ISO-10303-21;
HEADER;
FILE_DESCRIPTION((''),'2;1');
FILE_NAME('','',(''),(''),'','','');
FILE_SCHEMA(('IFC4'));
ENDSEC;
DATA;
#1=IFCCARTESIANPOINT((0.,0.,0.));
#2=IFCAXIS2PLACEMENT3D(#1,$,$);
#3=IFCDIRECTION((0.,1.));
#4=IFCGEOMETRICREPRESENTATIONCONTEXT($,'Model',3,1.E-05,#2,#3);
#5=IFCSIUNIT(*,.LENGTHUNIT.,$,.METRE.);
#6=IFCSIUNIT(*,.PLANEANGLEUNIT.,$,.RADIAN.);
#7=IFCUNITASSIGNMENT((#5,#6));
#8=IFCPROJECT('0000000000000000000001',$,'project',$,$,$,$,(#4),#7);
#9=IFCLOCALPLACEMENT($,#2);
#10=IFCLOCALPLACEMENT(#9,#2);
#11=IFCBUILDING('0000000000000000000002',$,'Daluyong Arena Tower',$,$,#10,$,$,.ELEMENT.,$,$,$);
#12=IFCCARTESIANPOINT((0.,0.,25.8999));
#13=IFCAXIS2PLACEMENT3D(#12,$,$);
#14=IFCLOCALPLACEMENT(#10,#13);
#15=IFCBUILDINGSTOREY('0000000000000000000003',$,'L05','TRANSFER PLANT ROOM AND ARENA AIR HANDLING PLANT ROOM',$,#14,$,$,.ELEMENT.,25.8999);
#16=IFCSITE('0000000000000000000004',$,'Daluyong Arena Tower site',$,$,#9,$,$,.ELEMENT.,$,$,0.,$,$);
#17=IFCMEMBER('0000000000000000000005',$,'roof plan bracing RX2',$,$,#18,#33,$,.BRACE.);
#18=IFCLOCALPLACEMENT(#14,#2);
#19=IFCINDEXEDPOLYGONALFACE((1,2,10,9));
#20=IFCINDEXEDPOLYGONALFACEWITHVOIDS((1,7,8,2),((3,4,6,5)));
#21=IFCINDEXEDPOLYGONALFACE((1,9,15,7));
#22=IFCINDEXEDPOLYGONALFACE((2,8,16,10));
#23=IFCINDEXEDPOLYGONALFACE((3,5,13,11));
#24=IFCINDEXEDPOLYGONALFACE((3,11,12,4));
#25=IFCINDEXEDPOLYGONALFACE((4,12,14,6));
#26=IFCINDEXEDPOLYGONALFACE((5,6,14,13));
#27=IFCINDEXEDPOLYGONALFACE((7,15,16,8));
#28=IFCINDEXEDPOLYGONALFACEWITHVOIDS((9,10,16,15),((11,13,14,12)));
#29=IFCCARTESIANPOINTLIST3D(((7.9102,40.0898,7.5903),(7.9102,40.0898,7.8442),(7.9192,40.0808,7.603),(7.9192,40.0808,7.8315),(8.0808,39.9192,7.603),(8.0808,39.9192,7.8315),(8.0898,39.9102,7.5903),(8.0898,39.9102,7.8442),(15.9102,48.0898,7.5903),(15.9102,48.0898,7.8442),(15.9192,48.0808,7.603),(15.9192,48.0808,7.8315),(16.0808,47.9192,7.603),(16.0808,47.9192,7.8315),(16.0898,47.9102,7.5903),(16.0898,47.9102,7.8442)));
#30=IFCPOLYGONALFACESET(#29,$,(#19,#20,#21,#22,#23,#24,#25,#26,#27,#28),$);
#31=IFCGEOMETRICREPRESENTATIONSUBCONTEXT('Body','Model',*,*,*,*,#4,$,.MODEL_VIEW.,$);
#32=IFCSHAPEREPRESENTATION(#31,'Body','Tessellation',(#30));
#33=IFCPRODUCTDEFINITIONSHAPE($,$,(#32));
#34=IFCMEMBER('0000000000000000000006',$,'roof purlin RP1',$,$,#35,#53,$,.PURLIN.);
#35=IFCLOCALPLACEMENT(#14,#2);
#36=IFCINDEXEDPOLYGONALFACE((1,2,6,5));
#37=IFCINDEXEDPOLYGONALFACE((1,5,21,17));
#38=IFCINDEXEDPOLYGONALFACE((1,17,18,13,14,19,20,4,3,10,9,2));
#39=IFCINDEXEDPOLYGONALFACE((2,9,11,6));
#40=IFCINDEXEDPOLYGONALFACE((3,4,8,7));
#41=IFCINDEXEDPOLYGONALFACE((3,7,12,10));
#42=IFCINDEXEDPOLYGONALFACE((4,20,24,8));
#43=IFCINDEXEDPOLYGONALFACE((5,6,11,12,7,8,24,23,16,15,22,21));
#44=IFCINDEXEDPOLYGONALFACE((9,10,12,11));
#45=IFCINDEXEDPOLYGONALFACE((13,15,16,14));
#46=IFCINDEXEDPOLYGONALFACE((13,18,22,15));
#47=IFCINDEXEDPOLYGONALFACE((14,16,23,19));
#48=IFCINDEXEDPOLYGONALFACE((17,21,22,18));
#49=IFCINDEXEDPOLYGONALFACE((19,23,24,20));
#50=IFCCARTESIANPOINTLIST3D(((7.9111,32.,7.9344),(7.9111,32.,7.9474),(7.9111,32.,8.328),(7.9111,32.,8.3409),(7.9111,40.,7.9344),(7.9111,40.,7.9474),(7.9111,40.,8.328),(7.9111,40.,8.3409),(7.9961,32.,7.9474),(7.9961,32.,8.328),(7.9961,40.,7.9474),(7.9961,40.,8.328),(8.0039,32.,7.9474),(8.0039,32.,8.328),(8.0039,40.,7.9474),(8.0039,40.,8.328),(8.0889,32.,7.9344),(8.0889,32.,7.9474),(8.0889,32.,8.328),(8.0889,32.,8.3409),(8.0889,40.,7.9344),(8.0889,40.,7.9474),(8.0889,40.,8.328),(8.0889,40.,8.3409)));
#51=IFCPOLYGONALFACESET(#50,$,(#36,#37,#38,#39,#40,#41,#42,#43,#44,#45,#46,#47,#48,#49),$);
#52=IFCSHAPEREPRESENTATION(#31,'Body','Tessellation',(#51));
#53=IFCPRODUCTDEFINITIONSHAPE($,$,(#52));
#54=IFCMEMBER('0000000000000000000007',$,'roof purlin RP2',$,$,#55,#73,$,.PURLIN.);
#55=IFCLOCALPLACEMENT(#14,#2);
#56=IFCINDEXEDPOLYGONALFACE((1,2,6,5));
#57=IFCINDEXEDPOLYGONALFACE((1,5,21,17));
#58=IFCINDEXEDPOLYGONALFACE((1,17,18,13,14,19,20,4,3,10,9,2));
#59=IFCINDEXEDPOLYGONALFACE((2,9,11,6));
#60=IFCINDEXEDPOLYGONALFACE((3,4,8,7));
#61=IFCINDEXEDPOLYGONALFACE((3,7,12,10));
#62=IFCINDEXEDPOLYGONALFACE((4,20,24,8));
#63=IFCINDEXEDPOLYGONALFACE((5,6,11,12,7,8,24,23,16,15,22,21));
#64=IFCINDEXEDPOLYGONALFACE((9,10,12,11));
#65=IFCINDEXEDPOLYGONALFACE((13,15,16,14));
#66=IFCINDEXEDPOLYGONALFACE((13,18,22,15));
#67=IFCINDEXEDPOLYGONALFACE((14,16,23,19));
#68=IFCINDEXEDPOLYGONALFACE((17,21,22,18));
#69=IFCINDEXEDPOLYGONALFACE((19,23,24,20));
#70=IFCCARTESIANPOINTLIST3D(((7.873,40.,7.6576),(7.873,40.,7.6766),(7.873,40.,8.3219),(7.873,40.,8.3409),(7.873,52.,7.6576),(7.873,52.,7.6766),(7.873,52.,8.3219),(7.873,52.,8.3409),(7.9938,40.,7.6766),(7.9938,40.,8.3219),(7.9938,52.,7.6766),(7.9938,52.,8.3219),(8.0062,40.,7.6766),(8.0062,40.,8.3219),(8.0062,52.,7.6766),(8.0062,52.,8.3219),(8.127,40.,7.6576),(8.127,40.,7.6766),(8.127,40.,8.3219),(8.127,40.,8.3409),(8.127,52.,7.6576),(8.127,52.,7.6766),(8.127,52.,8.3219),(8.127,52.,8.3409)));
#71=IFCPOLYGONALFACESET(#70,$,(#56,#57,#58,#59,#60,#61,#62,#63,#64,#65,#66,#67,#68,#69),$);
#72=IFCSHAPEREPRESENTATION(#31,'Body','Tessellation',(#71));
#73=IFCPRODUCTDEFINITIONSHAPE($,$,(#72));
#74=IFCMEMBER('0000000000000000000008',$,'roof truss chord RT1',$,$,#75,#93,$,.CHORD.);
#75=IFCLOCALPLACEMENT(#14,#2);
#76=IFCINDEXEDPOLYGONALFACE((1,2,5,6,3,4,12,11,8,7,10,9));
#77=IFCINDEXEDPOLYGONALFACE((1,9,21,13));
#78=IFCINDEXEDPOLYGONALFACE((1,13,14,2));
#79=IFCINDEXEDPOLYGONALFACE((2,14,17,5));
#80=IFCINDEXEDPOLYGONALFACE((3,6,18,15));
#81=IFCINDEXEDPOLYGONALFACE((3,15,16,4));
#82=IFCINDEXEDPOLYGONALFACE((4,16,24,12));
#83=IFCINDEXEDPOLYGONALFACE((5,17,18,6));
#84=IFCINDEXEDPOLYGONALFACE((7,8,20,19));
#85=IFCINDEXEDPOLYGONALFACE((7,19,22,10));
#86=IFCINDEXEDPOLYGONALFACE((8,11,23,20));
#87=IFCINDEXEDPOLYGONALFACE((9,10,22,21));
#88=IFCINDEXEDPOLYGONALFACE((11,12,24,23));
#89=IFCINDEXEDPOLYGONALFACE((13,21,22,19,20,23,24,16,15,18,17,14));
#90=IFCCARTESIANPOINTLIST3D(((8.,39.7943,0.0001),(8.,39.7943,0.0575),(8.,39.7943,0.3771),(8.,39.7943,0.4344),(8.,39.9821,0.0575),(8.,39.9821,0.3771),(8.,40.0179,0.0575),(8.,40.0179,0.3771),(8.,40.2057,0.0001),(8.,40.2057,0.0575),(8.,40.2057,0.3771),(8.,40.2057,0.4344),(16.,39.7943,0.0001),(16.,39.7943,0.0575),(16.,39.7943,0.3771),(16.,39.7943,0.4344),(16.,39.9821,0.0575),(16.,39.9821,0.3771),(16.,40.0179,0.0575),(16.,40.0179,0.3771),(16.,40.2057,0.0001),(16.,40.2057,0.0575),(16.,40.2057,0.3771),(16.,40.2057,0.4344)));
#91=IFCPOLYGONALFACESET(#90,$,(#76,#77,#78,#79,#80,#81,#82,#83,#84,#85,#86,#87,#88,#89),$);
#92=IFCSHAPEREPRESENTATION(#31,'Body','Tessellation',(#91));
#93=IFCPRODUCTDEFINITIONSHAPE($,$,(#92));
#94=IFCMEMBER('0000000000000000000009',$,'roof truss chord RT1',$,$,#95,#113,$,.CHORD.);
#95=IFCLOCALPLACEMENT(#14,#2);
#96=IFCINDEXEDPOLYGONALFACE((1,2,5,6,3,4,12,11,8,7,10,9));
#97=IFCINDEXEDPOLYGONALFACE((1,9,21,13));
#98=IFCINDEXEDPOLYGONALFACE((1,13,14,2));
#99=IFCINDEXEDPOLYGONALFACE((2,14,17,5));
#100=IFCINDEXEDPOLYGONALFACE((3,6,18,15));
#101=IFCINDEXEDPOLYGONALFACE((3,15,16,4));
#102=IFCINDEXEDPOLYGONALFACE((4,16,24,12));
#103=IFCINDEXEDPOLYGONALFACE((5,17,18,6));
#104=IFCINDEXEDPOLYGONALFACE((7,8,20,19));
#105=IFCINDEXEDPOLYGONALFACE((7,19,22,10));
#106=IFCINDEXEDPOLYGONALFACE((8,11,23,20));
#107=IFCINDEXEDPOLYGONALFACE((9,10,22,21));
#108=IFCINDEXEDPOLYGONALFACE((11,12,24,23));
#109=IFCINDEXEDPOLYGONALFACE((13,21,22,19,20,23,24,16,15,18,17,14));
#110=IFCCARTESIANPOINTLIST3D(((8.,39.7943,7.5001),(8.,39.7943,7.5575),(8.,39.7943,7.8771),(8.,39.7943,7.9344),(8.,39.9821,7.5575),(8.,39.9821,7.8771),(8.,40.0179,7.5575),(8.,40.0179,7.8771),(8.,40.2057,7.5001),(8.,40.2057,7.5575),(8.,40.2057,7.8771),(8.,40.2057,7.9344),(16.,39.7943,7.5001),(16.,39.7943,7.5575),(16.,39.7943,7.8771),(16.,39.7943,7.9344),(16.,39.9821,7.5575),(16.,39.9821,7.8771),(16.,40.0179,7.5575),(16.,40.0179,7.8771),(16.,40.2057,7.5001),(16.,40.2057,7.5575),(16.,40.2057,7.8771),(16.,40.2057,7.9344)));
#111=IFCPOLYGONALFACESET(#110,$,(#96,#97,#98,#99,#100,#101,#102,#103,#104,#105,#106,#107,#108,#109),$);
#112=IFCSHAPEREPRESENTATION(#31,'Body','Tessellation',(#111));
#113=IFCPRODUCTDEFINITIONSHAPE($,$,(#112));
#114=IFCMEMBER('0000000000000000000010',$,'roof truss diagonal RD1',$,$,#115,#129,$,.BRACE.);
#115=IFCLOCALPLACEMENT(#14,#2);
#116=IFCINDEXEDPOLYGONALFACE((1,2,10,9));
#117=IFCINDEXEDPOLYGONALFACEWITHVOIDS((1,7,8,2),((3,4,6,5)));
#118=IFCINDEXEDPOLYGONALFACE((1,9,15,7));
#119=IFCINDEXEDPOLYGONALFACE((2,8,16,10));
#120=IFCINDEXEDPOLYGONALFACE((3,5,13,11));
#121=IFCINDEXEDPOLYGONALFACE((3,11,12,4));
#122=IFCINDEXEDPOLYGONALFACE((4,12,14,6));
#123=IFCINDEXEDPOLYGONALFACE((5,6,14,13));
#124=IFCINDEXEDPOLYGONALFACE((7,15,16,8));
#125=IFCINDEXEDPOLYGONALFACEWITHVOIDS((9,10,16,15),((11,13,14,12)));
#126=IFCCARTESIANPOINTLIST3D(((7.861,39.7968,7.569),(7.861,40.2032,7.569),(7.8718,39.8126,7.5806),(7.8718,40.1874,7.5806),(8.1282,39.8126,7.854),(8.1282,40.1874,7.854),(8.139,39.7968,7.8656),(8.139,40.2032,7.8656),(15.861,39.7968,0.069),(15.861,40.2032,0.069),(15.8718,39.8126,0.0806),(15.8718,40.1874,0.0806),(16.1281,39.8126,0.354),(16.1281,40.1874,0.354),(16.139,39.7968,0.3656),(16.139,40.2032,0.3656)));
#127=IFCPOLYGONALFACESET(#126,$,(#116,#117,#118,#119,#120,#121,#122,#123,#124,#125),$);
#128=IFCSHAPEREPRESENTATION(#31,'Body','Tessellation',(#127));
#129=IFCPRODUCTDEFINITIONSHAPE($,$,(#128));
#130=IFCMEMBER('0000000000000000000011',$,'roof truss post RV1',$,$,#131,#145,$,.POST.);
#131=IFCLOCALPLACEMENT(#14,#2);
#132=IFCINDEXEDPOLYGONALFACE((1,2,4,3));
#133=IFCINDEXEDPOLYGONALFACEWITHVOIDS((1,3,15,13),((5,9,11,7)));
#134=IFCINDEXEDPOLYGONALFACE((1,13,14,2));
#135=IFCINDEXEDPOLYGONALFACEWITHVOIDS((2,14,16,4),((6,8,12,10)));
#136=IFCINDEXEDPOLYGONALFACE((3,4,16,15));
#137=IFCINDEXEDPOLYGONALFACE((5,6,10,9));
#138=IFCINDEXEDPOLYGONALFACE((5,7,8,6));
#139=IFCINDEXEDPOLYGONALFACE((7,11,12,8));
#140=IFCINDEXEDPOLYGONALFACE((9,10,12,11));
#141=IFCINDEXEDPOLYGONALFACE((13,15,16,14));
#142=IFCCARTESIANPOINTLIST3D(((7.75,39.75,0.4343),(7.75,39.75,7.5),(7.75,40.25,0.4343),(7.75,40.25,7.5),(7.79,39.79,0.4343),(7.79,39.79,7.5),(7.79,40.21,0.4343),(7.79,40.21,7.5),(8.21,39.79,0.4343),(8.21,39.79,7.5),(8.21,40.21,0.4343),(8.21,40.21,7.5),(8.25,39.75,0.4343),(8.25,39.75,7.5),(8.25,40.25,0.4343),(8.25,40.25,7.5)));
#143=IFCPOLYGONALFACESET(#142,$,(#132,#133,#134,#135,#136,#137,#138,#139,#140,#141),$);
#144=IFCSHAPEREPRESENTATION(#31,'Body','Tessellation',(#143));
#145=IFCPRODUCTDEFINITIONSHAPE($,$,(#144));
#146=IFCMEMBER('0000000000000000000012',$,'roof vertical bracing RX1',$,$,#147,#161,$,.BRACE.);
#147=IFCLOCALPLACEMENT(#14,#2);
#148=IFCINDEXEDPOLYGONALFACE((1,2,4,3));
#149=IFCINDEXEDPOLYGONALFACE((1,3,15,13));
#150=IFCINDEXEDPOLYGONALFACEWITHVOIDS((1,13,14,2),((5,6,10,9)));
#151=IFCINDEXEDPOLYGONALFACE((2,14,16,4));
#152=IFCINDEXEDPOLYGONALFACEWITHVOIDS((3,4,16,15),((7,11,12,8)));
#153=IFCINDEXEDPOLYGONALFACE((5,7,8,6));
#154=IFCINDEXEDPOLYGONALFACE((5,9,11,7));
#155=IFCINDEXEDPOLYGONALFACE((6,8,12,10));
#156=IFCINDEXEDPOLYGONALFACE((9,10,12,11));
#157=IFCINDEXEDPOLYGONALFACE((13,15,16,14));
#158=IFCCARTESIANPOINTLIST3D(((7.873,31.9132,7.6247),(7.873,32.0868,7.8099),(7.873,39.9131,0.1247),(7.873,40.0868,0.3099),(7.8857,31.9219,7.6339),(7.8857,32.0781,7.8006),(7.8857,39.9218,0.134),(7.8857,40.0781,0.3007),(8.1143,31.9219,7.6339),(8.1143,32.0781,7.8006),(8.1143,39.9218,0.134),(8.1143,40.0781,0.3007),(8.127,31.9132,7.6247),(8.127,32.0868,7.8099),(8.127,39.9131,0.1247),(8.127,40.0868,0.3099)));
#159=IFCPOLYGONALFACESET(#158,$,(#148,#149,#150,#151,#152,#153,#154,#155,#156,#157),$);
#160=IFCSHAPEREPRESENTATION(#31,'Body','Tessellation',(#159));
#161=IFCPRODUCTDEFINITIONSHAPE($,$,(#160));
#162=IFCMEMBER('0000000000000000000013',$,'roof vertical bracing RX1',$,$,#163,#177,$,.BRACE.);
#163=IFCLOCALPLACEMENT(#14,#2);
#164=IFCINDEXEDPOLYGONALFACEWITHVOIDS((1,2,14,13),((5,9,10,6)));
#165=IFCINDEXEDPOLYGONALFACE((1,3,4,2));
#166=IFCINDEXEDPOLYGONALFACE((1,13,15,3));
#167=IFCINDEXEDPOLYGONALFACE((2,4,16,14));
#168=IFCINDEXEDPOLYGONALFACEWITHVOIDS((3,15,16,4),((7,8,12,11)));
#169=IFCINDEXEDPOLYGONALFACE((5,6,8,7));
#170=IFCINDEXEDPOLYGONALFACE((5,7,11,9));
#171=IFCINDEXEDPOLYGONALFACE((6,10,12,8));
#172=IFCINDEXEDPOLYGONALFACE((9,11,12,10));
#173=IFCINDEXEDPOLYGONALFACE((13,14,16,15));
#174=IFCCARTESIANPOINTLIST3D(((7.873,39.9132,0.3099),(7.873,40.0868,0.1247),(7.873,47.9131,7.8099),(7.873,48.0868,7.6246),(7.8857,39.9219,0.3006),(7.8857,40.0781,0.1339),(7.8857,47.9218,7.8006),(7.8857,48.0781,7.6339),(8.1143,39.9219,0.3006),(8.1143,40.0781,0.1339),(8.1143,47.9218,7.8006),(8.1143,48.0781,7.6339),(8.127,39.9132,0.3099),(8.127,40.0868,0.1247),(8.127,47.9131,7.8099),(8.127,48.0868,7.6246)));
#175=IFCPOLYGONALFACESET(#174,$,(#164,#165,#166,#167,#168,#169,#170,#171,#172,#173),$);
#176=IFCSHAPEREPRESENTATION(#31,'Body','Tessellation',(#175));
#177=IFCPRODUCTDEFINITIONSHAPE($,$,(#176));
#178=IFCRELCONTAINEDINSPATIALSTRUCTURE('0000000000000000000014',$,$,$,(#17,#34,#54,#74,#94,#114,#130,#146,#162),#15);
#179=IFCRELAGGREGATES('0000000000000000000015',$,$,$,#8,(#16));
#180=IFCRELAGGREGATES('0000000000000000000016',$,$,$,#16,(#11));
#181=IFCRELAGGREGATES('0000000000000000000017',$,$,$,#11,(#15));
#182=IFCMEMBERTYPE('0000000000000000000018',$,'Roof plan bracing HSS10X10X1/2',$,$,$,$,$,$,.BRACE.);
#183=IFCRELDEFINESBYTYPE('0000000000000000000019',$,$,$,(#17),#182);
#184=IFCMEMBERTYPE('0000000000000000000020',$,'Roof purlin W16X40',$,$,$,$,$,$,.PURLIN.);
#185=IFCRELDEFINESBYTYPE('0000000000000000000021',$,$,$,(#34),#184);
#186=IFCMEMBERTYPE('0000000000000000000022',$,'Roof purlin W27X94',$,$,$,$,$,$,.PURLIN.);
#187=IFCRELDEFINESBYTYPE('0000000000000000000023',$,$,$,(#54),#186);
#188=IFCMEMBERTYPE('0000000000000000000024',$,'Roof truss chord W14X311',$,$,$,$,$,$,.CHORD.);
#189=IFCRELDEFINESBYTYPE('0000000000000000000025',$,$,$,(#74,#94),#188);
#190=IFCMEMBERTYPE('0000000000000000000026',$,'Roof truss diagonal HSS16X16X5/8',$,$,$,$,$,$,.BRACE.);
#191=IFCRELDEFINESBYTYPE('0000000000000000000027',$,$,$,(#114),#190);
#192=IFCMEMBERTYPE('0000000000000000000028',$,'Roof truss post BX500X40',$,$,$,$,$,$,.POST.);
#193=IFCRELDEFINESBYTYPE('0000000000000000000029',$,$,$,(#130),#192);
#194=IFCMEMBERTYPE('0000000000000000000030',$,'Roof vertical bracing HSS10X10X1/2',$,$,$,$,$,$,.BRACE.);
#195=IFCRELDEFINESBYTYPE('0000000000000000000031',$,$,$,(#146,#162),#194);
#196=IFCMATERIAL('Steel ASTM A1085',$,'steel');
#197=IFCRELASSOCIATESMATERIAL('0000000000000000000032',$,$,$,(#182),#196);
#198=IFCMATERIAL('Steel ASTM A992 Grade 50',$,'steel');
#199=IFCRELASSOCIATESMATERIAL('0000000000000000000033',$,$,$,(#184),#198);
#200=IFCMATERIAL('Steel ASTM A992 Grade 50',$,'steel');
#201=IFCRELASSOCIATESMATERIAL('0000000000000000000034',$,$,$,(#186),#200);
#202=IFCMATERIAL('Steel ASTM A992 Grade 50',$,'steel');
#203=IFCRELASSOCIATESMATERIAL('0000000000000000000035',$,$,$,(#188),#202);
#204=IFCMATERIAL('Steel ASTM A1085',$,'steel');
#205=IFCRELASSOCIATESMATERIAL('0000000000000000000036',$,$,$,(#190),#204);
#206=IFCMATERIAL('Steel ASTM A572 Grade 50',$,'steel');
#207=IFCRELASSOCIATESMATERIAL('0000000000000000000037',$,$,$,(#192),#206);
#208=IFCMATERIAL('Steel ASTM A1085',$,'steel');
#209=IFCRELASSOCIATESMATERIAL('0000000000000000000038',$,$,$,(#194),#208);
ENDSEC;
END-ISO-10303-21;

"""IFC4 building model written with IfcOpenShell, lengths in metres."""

from ifc_helpers import new_model, si_unit, direction, frame, origin, origin_2d, place, context, subcontext, project, spatial, hollow_rectangle, i_section, extrude, material, material_profile, profile_set, type_object, element, save


model = new_model("IFC4")

# Units and contexts
model_context = context("Model", 3, precision=1e-05, world=origin(), true_north=direction((0.0, 1.0)))
body_context = subcontext(model_context, "Body", "Model", "MODEL_VIEW")
ifc_project = project(units=[si_unit("LENGTHUNIT", "METRE"), si_unit("PLANEANGLEUNIT", "RADIAN")], contexts=[model_context])

# Site, building, storey
site_placement = place(None, origin())
site = spatial("IfcSite", under=ifc_project, at=site_placement, Name="Daluyong Arena Tower site", CompositionType="ELEMENT", RefElevation=0.0)
building_placement = place(site_placement, origin())
building = spatial("IfcBuilding", under=site, at=building_placement, Name="Daluyong Arena Tower", CompositionType="ELEMENT")
storey_placement = place(building_placement, frame((0.0, 0.0, 25.8999)))
storey = spatial("IfcBuildingStorey", under=building, at=storey_placement, Name="L05", Description="TRANSFER PLANT ROOM AND ARENA AIR HANDLING PLANT ROOM", CompositionType="ELEMENT", Elevation=25.8999)

# Members
ifc_material_1 = material(Name="Steel ASTM A1085", Category="steel")
ifc_material_profile_1 = material_profile(ifc_material_1, hollow_rectangle(XDim=0.2539, YDim=0.2539, WallThickness=0.0127, at=origin_2d()))
ifc_profile_set_1 = profile_set([ifc_material_profile_1], Name="Steel ASTM A1085")
member_type_1 = type_object("IfcMemberType", Name="Roof plan bracing HSS10X10X1/2", PredefinedType="BRACE", material=ifc_profile_set_1)
for number, where, z_axis, x_axis, name in (
    (1, (8.0, 40.0, 7.7173), (0.707107, 0.707107, 0.0), (-0.707107, 0.707107, 0.0), "roof plan bracing RX2"),
):
    element("IfcMember", number, at=place(storey_placement, frame(where, z_axis=z_axis, x_axis=x_axis)), inside=storey, type_object=member_type_1, Name=name, PredefinedType="BRACE", context=body_context, shape_type="SweptSolid", body=[
        extrude(hollow_rectangle(XDim=0.2539, YDim=0.2539, WallThickness=0.0127, at=origin_2d()), origin(), (0.0, 0.0, 1.0), 11.3137),
    ])
ifc_material_2 = material(Name="Steel ASTM A992 Grade 50", Category="steel")
ifc_material_profile_2 = material_profile(ifc_material_2, i_section(OverallWidth=0.1777, OverallDepth=0.4065, WebThickness=0.0078, FlangeThickness=0.0129, at=origin_2d()))
ifc_profile_set_2 = profile_set([ifc_material_profile_2], Name="Steel ASTM A992 Grade 50")
member_type_2 = type_object("IfcMemberType", Name="Roof purlin W16X40", PredefinedType="PURLIN", material=ifc_profile_set_2)
member_1_placement = place(storey_placement, frame((8.0, 32.0, 8.1377), z_axis=(0.0, 1.0, 0.0), x_axis=(-1.0, 0.0, 0.0)))
element("IfcMember", 2, at=member_1_placement, inside=storey, type_object=member_type_2, Name="roof purlin RP1", PredefinedType="PURLIN", context=body_context, shape_type="SweptSolid", body=[
    extrude(i_section(OverallWidth=0.1777, OverallDepth=0.4065, WebThickness=0.0078, FlangeThickness=0.0129, at=origin_2d()), origin(), (0.0, 0.0, 1.0), 8.0),
])
ifc_material_3 = material(Name="Steel ASTM A992 Grade 50", Category="steel")
ifc_material_profile_3 = material_profile(ifc_material_3, i_section(OverallWidth=0.2539, OverallDepth=0.6833, WebThickness=0.0125, FlangeThickness=0.019, at=origin_2d()))
ifc_profile_set_3 = profile_set([ifc_material_profile_3], Name="Steel ASTM A992 Grade 50")
member_type_3 = type_object("IfcMemberType", Name="Roof purlin W27X94", PredefinedType="PURLIN", material=ifc_profile_set_3)
member_2_placement = place(storey_placement, frame((8.0, 40.0, 7.9993), z_axis=(0.0, 1.0, 0.0), x_axis=(-1.0, 0.0, 0.0)))
element("IfcMember", 3, at=member_2_placement, inside=storey, type_object=member_type_3, Name="roof purlin RP2", PredefinedType="PURLIN", context=body_context, shape_type="SweptSolid", body=[
    extrude(i_section(OverallWidth=0.2539, OverallDepth=0.6833, WebThickness=0.0125, FlangeThickness=0.019, at=origin_2d()), origin(), (0.0, 0.0, 1.0), 12.0),
])
ifc_material_4 = material(Name="Steel ASTM A992 Grade 50", Category="steel")
ifc_material_profile_4 = material_profile(ifc_material_4, i_section(OverallWidth=0.4114, OverallDepth=0.4343, WebThickness=0.0359, FlangeThickness=0.0574, at=origin_2d()))
ifc_profile_set_4 = profile_set([ifc_material_profile_4], Name="Steel ASTM A992 Grade 50")
member_type_4 = type_object("IfcMemberType", Name="Roof truss chord W14X311", PredefinedType="CHORD", material=ifc_profile_set_4)
for number, where, z_axis, x_axis, name in (
    (4, (8.0, 40.0, 0.2173), (1.0, 0.0, 0.0), (0.0, 1.0, 0.0), "roof truss chord RT1"),
    (5, (8.0, 40.0, 7.7173), (1.0, 0.0, 0.0), (0.0, 1.0, 0.0), "roof truss chord RT1"),
):
    element("IfcMember", number, at=place(storey_placement, frame(where, z_axis=z_axis, x_axis=x_axis)), inside=storey, type_object=member_type_4, Name=name, PredefinedType="CHORD", context=body_context, shape_type="SweptSolid", body=[
        extrude(i_section(OverallWidth=0.4114, OverallDepth=0.4343, WebThickness=0.0359, FlangeThickness=0.0574, at=origin_2d()), origin(), (0.0, 0.0, 1.0), 8.0),
    ])
ifc_material_5 = material(Name="Steel ASTM A1085", Category="steel")
ifc_material_profile_5 = material_profile(ifc_material_5, hollow_rectangle(XDim=0.4065, YDim=0.4065, WallThickness=0.0159, at=origin_2d()))
ifc_profile_set_5 = profile_set([ifc_material_profile_5], Name="Steel ASTM A1085")
member_type_5 = type_object("IfcMemberType", Name="Roof truss diagonal HSS16X16X5/8", PredefinedType="BRACE", material=ifc_profile_set_5)
member_3_placement = place(storey_placement, frame((8.0, 40.0, 7.7173), z_axis=(0.729537, 0.0, -0.683941), x_axis=(0.0, 1.0, 0.0)))
element("IfcMember", 6, at=member_3_placement, inside=storey, type_object=member_type_5, Name="roof truss diagonal RD1", PredefinedType="BRACE", context=body_context, shape_type="SweptSolid", body=[
    extrude(hollow_rectangle(XDim=0.4065, YDim=0.4065, WallThickness=0.0159, at=origin_2d()), origin(), (0.0, 0.0, 1.0), 10.9658),
])
ifc_material_6 = material(Name="Steel ASTM A572 Grade 50", Category="steel")
ifc_material_profile_6 = material_profile(ifc_material_6, hollow_rectangle(XDim=0.5, YDim=0.5, WallThickness=0.04, at=origin_2d()))
ifc_profile_set_6 = profile_set([ifc_material_profile_6], Name="Steel ASTM A572 Grade 50")
member_type_6 = type_object("IfcMemberType", Name="Roof truss post BX500X40", PredefinedType="POST", material=ifc_profile_set_6)
member_4_placement = place(storey_placement, frame((8.0, 40.0, 0.4343), z_axis=(0.0, 0.0, 1.0), x_axis=(1.0, 0.0, 0.0)))
element("IfcMember", 7, at=member_4_placement, inside=storey, type_object=member_type_6, Name="roof truss post RV1", PredefinedType="POST", context=body_context, shape_type="SweptSolid", body=[
    extrude(hollow_rectangle(XDim=0.5, YDim=0.5, WallThickness=0.04, at=origin_2d()), origin(), (0.0, 0.0, 1.0), 7.0657),
])
ifc_material_7 = material(Name="Steel ASTM A1085", Category="steel")
ifc_material_profile_7 = material_profile(ifc_material_7, hollow_rectangle(XDim=0.2539, YDim=0.2539, WallThickness=0.0127, at=origin_2d()))
ifc_profile_set_7 = profile_set([ifc_material_profile_7], Name="Steel ASTM A1085")
member_type_7 = type_object("IfcMemberType", Name="Roof vertical bracing HSS10X10X1/2", PredefinedType="BRACE", material=ifc_profile_set_7)
for number, where, z_axis, x_axis, name in (
    (8, (8.0, 32.0, 7.7173), (0.0, 0.729537, -0.683941), (-1.0, 0.0, 0.0), "roof vertical bracing RX1"),
    (9, (8.0, 40.0, 0.2173), (0.0, 0.729537, 0.683941), (-1.0, 0.0, 0.0), "roof vertical bracing RX1"),
):
    element("IfcMember", number, at=place(storey_placement, frame(where, z_axis=z_axis, x_axis=x_axis)), inside=storey, type_object=member_type_7, Name=name, PredefinedType="BRACE", context=body_context, shape_type="SweptSolid", body=[
        extrude(hollow_rectangle(XDim=0.2539, YDim=0.2539, WallThickness=0.0127, at=origin_2d()), origin(), (0.0, 0.0, 1.0), 10.9658),
    ])

save(model, "model.ifc")
